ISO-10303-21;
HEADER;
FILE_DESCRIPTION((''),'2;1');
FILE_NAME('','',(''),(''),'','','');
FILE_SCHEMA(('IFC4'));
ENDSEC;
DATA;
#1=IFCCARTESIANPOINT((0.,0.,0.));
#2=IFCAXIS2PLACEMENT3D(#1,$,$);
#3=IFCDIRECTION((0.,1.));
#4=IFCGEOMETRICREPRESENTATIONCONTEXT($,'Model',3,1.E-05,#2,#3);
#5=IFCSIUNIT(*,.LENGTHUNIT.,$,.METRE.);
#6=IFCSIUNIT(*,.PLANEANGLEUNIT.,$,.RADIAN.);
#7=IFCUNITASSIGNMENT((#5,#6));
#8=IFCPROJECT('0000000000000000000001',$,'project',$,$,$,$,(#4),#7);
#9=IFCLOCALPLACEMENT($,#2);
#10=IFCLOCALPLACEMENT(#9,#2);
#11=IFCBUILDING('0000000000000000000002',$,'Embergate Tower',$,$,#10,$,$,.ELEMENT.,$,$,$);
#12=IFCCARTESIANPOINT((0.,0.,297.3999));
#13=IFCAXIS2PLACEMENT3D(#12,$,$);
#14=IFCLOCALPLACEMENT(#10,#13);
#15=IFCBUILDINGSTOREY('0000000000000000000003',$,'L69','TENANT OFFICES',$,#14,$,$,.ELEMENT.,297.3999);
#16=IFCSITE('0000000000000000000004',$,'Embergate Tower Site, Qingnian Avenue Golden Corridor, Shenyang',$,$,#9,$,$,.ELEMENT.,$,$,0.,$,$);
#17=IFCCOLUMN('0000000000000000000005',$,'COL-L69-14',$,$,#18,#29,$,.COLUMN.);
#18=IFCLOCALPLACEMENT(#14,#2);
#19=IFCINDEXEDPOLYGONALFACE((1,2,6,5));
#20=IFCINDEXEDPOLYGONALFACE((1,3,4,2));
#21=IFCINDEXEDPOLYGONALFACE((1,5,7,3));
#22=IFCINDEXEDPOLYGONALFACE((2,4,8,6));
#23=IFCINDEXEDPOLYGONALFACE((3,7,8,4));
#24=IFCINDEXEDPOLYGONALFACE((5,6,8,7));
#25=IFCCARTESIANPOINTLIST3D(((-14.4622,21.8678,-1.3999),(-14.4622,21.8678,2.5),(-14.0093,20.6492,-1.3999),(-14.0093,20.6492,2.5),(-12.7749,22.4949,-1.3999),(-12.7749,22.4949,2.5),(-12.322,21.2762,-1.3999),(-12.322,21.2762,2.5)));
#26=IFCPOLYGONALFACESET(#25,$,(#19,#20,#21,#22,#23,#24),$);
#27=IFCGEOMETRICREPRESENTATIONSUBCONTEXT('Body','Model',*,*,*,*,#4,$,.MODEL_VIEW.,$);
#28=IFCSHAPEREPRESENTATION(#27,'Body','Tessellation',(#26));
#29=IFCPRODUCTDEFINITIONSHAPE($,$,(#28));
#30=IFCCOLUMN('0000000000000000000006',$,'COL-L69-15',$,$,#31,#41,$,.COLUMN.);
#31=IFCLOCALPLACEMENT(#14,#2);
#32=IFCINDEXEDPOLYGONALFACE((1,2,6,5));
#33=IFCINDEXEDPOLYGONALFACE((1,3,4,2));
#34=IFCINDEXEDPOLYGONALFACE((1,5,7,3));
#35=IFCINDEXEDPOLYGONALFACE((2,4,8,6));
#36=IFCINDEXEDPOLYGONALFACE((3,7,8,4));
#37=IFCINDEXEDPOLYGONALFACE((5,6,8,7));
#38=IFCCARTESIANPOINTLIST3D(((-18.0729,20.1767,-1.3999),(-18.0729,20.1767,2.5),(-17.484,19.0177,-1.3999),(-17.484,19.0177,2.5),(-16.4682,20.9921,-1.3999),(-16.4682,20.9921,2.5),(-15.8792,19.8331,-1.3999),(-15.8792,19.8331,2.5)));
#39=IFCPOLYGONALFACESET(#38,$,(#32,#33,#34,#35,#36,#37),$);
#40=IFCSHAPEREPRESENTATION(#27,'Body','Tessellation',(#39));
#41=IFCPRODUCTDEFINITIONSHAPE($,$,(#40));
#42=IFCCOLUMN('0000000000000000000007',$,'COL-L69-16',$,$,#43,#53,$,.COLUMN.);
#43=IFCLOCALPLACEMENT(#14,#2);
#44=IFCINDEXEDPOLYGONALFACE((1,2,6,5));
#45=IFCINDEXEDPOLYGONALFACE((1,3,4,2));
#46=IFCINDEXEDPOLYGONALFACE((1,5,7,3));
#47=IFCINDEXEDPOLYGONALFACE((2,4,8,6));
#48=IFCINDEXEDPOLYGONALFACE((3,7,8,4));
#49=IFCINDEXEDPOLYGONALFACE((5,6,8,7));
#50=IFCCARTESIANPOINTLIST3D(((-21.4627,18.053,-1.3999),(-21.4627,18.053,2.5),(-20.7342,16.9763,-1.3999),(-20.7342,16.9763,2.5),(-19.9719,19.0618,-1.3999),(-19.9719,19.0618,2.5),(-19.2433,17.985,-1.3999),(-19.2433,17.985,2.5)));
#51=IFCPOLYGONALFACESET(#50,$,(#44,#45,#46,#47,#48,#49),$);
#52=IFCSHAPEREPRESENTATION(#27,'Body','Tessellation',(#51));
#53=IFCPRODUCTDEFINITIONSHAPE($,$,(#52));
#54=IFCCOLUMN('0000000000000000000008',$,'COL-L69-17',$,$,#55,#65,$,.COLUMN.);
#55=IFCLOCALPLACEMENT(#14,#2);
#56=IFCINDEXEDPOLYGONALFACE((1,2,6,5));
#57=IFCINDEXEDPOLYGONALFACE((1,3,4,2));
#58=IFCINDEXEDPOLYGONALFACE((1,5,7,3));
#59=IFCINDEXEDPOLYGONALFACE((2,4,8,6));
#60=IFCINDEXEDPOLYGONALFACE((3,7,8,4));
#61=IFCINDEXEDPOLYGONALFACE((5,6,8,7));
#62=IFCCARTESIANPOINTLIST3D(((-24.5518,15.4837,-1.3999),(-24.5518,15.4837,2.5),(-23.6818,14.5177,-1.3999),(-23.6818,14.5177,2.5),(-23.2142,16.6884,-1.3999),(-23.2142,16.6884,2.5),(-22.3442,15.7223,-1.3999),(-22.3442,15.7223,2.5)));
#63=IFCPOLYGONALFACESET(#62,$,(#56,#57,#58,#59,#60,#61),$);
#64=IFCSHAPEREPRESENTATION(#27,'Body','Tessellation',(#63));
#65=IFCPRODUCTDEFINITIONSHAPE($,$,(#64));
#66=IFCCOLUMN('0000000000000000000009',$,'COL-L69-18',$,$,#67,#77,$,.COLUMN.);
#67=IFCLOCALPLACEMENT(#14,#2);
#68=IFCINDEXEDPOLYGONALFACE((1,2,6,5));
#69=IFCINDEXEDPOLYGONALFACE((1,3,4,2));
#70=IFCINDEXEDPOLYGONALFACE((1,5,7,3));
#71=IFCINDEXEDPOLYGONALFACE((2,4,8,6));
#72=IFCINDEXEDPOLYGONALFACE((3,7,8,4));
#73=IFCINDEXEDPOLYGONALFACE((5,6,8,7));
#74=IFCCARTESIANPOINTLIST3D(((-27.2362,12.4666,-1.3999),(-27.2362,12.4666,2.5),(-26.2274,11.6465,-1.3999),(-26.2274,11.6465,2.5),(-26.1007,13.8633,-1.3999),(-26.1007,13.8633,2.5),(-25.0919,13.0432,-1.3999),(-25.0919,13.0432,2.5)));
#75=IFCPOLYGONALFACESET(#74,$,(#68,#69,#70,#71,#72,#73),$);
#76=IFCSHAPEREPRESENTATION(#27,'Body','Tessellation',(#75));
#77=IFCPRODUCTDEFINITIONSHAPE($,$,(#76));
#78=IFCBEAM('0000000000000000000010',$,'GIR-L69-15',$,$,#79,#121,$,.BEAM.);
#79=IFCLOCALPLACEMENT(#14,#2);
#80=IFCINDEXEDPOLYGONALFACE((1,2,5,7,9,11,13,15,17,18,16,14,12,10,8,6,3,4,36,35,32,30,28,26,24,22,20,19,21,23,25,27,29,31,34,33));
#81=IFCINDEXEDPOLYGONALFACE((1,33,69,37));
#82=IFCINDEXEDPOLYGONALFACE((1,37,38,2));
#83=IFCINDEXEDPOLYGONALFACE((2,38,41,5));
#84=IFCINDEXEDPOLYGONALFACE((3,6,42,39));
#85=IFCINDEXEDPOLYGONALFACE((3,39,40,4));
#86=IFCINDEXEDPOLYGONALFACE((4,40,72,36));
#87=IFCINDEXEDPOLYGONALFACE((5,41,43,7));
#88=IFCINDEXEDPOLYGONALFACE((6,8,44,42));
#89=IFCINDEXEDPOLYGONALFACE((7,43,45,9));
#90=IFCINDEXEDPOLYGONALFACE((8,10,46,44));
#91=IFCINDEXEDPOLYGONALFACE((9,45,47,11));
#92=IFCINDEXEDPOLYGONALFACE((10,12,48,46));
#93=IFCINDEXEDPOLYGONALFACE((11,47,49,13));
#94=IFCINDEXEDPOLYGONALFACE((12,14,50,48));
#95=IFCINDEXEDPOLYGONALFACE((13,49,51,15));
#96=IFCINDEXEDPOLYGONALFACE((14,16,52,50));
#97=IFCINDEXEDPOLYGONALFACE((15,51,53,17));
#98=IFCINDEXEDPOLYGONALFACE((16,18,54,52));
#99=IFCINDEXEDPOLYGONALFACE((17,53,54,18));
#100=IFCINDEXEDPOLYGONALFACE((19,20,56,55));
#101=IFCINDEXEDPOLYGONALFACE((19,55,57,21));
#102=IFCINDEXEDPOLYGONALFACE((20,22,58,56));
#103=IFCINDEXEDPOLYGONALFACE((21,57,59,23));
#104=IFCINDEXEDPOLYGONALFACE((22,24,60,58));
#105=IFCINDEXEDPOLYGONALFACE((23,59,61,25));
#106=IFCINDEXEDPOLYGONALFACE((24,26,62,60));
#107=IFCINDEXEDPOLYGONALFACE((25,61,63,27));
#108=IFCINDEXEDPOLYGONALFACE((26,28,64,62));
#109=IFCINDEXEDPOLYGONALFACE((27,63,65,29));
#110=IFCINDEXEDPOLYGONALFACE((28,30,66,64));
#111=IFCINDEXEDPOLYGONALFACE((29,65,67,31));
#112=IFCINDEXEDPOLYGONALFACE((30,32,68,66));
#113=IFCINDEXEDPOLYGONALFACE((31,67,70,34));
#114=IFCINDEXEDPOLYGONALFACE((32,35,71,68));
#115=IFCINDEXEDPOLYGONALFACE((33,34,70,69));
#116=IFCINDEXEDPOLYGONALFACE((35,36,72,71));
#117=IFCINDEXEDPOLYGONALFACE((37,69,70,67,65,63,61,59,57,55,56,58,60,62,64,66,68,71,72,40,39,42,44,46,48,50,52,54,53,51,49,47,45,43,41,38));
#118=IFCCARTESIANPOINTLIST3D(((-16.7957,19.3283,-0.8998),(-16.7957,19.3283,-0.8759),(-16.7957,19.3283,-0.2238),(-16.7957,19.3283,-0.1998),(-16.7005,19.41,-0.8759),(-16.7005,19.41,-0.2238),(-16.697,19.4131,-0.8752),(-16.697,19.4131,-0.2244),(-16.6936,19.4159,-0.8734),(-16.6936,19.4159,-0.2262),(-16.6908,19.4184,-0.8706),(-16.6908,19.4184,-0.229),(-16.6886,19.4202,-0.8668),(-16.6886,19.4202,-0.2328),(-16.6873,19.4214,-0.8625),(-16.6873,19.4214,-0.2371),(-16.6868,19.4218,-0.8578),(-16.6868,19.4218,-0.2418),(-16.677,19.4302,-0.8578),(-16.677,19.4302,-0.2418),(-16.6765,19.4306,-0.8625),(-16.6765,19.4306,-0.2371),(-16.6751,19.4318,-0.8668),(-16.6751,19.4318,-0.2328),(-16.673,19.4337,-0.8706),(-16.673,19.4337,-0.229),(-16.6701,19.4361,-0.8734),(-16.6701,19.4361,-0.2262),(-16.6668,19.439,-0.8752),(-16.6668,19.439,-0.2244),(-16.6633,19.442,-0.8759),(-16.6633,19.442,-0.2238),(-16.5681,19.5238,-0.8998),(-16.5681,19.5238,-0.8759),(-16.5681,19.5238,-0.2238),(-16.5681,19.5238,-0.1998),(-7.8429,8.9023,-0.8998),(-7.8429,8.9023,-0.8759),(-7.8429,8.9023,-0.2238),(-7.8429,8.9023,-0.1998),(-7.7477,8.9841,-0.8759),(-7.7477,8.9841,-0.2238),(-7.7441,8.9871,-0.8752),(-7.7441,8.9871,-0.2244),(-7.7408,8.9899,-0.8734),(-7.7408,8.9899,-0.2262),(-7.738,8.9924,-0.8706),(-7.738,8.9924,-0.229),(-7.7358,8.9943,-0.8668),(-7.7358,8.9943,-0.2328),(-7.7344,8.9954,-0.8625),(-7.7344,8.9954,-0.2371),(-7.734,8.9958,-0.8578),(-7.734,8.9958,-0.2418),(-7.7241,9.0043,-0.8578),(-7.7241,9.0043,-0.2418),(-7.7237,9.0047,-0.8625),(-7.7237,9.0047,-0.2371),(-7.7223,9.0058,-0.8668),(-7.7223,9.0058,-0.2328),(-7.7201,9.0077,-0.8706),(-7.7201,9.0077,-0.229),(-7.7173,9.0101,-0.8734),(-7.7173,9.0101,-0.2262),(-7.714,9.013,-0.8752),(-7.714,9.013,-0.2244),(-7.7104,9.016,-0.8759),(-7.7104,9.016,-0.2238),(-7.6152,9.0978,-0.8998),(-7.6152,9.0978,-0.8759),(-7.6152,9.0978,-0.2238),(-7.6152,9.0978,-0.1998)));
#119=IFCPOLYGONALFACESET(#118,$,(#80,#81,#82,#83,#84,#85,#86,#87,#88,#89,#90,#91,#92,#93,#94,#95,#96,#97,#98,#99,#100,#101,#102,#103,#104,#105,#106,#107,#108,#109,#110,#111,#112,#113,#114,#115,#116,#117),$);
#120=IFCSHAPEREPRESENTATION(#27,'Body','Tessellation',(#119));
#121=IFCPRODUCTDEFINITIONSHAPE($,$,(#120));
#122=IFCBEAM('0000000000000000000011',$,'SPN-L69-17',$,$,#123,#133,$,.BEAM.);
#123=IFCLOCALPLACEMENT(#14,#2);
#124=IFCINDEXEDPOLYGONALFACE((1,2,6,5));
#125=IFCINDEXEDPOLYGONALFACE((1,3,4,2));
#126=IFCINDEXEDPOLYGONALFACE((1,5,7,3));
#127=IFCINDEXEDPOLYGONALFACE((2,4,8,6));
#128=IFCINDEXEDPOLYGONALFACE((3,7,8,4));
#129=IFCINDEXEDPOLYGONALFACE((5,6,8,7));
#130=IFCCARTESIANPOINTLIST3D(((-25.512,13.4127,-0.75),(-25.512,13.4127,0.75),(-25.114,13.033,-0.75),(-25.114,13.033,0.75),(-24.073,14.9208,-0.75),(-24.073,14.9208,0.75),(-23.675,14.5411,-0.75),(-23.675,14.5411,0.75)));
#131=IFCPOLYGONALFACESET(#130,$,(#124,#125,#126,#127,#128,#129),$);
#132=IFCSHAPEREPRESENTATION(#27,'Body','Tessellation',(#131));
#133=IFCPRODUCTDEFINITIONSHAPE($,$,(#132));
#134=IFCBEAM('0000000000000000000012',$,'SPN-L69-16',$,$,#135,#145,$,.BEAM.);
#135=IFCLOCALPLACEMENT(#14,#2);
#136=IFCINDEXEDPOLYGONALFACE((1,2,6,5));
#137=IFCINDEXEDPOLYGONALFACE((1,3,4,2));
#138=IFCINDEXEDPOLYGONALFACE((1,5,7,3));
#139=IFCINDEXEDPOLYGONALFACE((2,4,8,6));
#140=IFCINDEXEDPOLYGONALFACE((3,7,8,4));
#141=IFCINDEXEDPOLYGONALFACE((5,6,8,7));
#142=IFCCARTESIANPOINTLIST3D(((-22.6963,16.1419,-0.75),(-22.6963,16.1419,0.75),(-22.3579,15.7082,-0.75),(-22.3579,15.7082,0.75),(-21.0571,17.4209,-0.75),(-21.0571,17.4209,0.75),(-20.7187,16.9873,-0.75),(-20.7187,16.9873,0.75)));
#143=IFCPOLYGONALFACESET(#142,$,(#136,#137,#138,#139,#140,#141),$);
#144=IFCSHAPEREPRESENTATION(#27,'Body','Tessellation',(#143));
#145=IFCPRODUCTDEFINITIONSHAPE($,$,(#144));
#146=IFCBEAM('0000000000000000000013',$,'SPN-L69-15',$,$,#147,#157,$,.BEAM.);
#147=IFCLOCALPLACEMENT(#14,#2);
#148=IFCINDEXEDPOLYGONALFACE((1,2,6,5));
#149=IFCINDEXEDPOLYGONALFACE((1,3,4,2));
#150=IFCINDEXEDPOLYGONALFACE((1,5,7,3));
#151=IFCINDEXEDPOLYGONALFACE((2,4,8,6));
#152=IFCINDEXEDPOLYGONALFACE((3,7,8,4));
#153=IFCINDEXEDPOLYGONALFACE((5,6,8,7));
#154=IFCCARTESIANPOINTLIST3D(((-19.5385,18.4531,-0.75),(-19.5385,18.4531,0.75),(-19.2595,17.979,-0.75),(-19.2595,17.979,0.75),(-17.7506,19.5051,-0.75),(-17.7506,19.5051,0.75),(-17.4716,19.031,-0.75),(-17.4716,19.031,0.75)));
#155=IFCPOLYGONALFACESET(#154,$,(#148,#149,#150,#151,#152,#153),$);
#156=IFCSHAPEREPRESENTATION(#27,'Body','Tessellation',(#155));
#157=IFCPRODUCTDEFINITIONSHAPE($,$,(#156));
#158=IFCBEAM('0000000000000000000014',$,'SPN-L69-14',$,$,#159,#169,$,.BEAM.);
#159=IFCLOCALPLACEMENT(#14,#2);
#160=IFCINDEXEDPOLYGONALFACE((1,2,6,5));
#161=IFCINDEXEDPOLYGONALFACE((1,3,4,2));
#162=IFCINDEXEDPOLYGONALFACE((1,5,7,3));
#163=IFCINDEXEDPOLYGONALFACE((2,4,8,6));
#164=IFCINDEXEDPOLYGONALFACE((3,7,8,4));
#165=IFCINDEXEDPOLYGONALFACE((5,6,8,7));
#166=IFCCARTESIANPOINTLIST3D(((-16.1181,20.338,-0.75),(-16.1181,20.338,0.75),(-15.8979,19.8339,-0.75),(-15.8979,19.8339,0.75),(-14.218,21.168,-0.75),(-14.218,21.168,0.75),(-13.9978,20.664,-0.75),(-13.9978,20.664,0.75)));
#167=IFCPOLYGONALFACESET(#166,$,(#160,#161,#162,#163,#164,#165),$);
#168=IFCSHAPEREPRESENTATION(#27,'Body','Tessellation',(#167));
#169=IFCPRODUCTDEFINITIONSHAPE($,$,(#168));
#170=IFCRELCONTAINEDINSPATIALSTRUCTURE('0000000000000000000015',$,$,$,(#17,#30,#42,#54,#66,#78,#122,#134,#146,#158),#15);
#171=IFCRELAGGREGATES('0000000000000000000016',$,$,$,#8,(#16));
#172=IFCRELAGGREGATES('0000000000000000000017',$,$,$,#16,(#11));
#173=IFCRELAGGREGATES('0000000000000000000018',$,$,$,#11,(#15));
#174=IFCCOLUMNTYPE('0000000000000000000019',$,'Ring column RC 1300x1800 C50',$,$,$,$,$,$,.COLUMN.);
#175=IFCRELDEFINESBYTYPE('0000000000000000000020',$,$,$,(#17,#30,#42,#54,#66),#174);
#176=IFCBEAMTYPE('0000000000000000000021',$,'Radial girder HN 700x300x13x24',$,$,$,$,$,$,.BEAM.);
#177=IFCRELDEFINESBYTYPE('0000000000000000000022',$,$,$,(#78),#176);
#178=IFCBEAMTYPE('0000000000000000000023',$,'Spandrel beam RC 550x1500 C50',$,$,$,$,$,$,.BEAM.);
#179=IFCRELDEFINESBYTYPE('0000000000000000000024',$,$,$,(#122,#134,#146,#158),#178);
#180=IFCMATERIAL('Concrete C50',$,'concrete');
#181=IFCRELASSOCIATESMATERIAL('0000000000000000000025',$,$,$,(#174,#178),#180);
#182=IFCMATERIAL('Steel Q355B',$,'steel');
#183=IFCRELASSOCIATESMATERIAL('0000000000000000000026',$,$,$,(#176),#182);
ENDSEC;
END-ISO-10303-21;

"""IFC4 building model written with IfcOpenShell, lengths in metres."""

from ifc_helpers import new_model, si_unit, direction, frame, origin, origin_2d, place, context, subcontext, project, spatial, rectangle, i_section, extrude, source, transform, mapped, material, material_profile, profile_set, type_object, element, save


model = new_model("IFC4")

# Units and contexts
model_context = context("Model", 3, precision=1e-05, world=origin(), true_north=direction((0.0, 1.0)))
body_context = subcontext(model_context, "Body", "Model", "MODEL_VIEW")
ifc_project = project(units=[si_unit("LENGTHUNIT", "METRE"), si_unit("PLANEANGLEUNIT", "RADIAN")], contexts=[model_context])

# Site, building, storey
site_placement = place(None, origin())
site = spatial("IfcSite", under=ifc_project, at=site_placement, Name="Embergate Tower Site, Qingnian Avenue Golden Corridor, Shenyang", CompositionType="ELEMENT", RefElevation=0.0)
building_placement = place(site_placement, origin())
building = spatial("IfcBuilding", under=site, at=building_placement, Name="Embergate Tower", CompositionType="ELEMENT")
storey_placement = place(building_placement, frame((0.0, 0.0, 297.3999)))
storey = spatial("IfcBuildingStorey", under=building, at=storey_placement, Name="L69", Description="TENANT OFFICES", CompositionType="ELEMENT", Elevation=297.3999)

# Columns
ifc_material_1 = material(Name="Concrete C50", Category="concrete")
ifc_material_profile_1 = material_profile(ifc_material_1, rectangle(XDim=1.3, YDim=1.8, at=origin_2d()), Name="RC 1300x1800")
ifc_profile_set_1 = profile_set([ifc_material_profile_1], Name="Concrete C50")
column_type = type_object("IfcColumnType", Name="Ring column RC 1300x1800 C50", PredefinedType="COLUMN", material=ifc_profile_set_1)
shared_shape_1 = source(origin(), body_context, "Body", "SweptSolid", [
    extrude(rectangle(XDim=1.3, YDim=1.8, at=origin_2d()), origin(), (0.0, 0.0, 1.0), 3.8999),
])
for number, where, z_axis, x_axis, name in (
    (1, (-13.3921, 21.572, -1.3999), (0.0, 0.0, 1.0), (-0.348343, 0.937367, 0.0), "COL-L69-14"),
    (2, (-16.9761, 20.0049, -1.3999), (0.0, 0.0, 1.0), (-0.453011, 0.891505, 0.0), "COL-L69-15"),
    (3, (-20.353, 18.019, -1.3999), (0.0, 0.0, 1.0), (-0.560393, 0.828227, 0.0), "COL-L69-16"),
    (4, (-23.448, 15.603, -1.3999), (0.0, 0.0, 1.0), (-0.669221, 0.743063, 0.0), "COL-L69-17"),
    (5, (-26.1641, 12.7549, -1.3999), (0.0, 0.0, 1.0), (-0.775925, 0.630825, 0.0), "COL-L69-18"),
):
    element("IfcColumn", number, at=place(storey_placement, frame(where, z_axis=z_axis, x_axis=x_axis)), inside=storey, type_object=column_type, Name=name, PredefinedType="COLUMN", context=body_context, shape_type="MappedRepresentation", body=[
        mapped(shared_shape_1, transform((0.0, 0.0, 0.0))),
    ])

# Beams
ifc_material_2 = material(Name="Steel Q355B", Category="steel")
ifc_material_profile_2 = material_profile(ifc_material_2, i_section(OverallWidth=0.3, OverallDepth=0.7, WebThickness=0.0129, FlangeThickness=0.0239, FilletRadius=0.0181, at=origin_2d()), Name="HN 700x300x13x24")
ifc_profile_set_2 = profile_set([ifc_material_profile_2], Name="Steel Q355 grade B")
beam_type_1 = type_object("IfcBeamType", Name="Radial girder HN 700x300x13x24", PredefinedType="BEAM", material=ifc_profile_set_2)
shared_shape_2 = source(origin(), body_context, "Body", "SweptSolid", [
    extrude(i_section(OverallWidth=0.3, OverallDepth=0.7, WebThickness=0.0129, FlangeThickness=0.0239, FilletRadius=0.0181, at=origin_2d()), origin(), (0.0, 0.0, 1.0), 13.7424),
])
beam_1_placement = place(storey_placement, frame((-16.6819, 19.426, -0.5498), z_axis=(0.651474, -0.758671, 0.0), x_axis=(0.758671, 0.651474, 0.0)))
element("IfcBeam", 6, at=beam_1_placement, inside=storey, type_object=beam_type_1, Name="GIR-L69-15", PredefinedType="BEAM", context=body_context, shape_type="MappedRepresentation", body=[
    mapped(shared_shape_2, transform((0.0, 0.0, 0.0))),
])
ifc_material_profile_3 = material_profile(ifc_material_1, rectangle(XDim=0.55, YDim=1.5, at=origin_2d()), Name="RC 550x1500")
ifc_profile_set_3 = profile_set([ifc_material_profile_3], Name="Concrete C50")
beam_type_2 = type_object("IfcBeamType", Name="Spandrel beam RC 550x1500 C50", PredefinedType="BEAM", material=ifc_profile_set_3)
shared_shape_3 = source(origin(), body_context, "Body", "SweptSolid", [
    extrude(rectangle(XDim=0.55, YDim=1.5, at=origin_2d()), origin(), (0.0, 0.0, 1.0), 2.0845),
])
beam_2_placement = place(storey_placement, frame((-23.874, 14.731, 0.0), z_axis=(-0.690339, -0.723486, 0.0), x_axis=(0.723486, -0.690339, 0.0)))
element("IfcBeam", 7, at=beam_2_placement, inside=storey, type_object=beam_type_2, Name="SPN-L69-17", PredefinedType="BEAM", context=body_context, shape_type="MappedRepresentation", body=[
    mapped(shared_shape_3, transform((0.0, 0.0, 0.0))),
])
shared_shape_4 = source(origin(), body_context, "Body", "SweptSolid", [
    extrude(rectangle(XDim=0.55, YDim=1.5, at=origin_2d()), origin(), (0.0, 0.0, 1.0), 2.0791),
])
beam_3_placement = place(storey_placement, frame((-20.8879, 17.2041, 0.0), z_axis=(-0.788384, -0.615184, 0.0), x_axis=(0.615184, -0.788384, 0.0)))
element("IfcBeam", 8, at=beam_3_placement, inside=storey, type_object=beam_type_2, Name="SPN-L69-16", PredefinedType="BEAM", context=body_context, shape_type="MappedRepresentation", body=[
    mapped(shared_shape_4, transform((0.0, 0.0, 0.0))),
])
shared_shape_5 = source(origin(), body_context, "Body", "SweptSolid", [
    extrude(rectangle(XDim=0.55, YDim=1.5, at=origin_2d()), origin(), (0.0, 0.0, 1.0), 2.0745),
])
beam_4_placement = place(storey_placement, frame((-17.6111, 19.2681, 0.0), z_axis=(-0.861865, -0.507138, 0.0), x_axis=(0.507138, -0.861865, 0.0)))
element("IfcBeam", 9, at=beam_4_placement, inside=storey, type_object=beam_type_2, Name="SPN-L69-15", PredefinedType="BEAM", context=body_context, shape_type="MappedRepresentation", body=[
    mapped(shared_shape_5, transform((0.0, 0.0, 0.0))),
])
shared_shape_6 = source(origin(), body_context, "Body", "SweptSolid", [
    extrude(rectangle(XDim=0.55, YDim=1.5, at=origin_2d()), origin(), (0.0, 0.0, 1.0), 2.0735),
])
beam_5_placement = place(storey_placement, frame((-14.1079, 20.916, 0.0), z_axis=(-0.916376, -0.400318, 0.0), x_axis=(0.400318, -0.916376, 0.0)))
element("IfcBeam", 10, at=beam_5_placement, inside=storey, type_object=beam_type_2, Name="SPN-L69-14", PredefinedType="BEAM", context=body_context, shape_type="MappedRepresentation", body=[
    mapped(shared_shape_6, transform((0.0, 0.0, 0.0))),
])

save(model, "model.ifc")
